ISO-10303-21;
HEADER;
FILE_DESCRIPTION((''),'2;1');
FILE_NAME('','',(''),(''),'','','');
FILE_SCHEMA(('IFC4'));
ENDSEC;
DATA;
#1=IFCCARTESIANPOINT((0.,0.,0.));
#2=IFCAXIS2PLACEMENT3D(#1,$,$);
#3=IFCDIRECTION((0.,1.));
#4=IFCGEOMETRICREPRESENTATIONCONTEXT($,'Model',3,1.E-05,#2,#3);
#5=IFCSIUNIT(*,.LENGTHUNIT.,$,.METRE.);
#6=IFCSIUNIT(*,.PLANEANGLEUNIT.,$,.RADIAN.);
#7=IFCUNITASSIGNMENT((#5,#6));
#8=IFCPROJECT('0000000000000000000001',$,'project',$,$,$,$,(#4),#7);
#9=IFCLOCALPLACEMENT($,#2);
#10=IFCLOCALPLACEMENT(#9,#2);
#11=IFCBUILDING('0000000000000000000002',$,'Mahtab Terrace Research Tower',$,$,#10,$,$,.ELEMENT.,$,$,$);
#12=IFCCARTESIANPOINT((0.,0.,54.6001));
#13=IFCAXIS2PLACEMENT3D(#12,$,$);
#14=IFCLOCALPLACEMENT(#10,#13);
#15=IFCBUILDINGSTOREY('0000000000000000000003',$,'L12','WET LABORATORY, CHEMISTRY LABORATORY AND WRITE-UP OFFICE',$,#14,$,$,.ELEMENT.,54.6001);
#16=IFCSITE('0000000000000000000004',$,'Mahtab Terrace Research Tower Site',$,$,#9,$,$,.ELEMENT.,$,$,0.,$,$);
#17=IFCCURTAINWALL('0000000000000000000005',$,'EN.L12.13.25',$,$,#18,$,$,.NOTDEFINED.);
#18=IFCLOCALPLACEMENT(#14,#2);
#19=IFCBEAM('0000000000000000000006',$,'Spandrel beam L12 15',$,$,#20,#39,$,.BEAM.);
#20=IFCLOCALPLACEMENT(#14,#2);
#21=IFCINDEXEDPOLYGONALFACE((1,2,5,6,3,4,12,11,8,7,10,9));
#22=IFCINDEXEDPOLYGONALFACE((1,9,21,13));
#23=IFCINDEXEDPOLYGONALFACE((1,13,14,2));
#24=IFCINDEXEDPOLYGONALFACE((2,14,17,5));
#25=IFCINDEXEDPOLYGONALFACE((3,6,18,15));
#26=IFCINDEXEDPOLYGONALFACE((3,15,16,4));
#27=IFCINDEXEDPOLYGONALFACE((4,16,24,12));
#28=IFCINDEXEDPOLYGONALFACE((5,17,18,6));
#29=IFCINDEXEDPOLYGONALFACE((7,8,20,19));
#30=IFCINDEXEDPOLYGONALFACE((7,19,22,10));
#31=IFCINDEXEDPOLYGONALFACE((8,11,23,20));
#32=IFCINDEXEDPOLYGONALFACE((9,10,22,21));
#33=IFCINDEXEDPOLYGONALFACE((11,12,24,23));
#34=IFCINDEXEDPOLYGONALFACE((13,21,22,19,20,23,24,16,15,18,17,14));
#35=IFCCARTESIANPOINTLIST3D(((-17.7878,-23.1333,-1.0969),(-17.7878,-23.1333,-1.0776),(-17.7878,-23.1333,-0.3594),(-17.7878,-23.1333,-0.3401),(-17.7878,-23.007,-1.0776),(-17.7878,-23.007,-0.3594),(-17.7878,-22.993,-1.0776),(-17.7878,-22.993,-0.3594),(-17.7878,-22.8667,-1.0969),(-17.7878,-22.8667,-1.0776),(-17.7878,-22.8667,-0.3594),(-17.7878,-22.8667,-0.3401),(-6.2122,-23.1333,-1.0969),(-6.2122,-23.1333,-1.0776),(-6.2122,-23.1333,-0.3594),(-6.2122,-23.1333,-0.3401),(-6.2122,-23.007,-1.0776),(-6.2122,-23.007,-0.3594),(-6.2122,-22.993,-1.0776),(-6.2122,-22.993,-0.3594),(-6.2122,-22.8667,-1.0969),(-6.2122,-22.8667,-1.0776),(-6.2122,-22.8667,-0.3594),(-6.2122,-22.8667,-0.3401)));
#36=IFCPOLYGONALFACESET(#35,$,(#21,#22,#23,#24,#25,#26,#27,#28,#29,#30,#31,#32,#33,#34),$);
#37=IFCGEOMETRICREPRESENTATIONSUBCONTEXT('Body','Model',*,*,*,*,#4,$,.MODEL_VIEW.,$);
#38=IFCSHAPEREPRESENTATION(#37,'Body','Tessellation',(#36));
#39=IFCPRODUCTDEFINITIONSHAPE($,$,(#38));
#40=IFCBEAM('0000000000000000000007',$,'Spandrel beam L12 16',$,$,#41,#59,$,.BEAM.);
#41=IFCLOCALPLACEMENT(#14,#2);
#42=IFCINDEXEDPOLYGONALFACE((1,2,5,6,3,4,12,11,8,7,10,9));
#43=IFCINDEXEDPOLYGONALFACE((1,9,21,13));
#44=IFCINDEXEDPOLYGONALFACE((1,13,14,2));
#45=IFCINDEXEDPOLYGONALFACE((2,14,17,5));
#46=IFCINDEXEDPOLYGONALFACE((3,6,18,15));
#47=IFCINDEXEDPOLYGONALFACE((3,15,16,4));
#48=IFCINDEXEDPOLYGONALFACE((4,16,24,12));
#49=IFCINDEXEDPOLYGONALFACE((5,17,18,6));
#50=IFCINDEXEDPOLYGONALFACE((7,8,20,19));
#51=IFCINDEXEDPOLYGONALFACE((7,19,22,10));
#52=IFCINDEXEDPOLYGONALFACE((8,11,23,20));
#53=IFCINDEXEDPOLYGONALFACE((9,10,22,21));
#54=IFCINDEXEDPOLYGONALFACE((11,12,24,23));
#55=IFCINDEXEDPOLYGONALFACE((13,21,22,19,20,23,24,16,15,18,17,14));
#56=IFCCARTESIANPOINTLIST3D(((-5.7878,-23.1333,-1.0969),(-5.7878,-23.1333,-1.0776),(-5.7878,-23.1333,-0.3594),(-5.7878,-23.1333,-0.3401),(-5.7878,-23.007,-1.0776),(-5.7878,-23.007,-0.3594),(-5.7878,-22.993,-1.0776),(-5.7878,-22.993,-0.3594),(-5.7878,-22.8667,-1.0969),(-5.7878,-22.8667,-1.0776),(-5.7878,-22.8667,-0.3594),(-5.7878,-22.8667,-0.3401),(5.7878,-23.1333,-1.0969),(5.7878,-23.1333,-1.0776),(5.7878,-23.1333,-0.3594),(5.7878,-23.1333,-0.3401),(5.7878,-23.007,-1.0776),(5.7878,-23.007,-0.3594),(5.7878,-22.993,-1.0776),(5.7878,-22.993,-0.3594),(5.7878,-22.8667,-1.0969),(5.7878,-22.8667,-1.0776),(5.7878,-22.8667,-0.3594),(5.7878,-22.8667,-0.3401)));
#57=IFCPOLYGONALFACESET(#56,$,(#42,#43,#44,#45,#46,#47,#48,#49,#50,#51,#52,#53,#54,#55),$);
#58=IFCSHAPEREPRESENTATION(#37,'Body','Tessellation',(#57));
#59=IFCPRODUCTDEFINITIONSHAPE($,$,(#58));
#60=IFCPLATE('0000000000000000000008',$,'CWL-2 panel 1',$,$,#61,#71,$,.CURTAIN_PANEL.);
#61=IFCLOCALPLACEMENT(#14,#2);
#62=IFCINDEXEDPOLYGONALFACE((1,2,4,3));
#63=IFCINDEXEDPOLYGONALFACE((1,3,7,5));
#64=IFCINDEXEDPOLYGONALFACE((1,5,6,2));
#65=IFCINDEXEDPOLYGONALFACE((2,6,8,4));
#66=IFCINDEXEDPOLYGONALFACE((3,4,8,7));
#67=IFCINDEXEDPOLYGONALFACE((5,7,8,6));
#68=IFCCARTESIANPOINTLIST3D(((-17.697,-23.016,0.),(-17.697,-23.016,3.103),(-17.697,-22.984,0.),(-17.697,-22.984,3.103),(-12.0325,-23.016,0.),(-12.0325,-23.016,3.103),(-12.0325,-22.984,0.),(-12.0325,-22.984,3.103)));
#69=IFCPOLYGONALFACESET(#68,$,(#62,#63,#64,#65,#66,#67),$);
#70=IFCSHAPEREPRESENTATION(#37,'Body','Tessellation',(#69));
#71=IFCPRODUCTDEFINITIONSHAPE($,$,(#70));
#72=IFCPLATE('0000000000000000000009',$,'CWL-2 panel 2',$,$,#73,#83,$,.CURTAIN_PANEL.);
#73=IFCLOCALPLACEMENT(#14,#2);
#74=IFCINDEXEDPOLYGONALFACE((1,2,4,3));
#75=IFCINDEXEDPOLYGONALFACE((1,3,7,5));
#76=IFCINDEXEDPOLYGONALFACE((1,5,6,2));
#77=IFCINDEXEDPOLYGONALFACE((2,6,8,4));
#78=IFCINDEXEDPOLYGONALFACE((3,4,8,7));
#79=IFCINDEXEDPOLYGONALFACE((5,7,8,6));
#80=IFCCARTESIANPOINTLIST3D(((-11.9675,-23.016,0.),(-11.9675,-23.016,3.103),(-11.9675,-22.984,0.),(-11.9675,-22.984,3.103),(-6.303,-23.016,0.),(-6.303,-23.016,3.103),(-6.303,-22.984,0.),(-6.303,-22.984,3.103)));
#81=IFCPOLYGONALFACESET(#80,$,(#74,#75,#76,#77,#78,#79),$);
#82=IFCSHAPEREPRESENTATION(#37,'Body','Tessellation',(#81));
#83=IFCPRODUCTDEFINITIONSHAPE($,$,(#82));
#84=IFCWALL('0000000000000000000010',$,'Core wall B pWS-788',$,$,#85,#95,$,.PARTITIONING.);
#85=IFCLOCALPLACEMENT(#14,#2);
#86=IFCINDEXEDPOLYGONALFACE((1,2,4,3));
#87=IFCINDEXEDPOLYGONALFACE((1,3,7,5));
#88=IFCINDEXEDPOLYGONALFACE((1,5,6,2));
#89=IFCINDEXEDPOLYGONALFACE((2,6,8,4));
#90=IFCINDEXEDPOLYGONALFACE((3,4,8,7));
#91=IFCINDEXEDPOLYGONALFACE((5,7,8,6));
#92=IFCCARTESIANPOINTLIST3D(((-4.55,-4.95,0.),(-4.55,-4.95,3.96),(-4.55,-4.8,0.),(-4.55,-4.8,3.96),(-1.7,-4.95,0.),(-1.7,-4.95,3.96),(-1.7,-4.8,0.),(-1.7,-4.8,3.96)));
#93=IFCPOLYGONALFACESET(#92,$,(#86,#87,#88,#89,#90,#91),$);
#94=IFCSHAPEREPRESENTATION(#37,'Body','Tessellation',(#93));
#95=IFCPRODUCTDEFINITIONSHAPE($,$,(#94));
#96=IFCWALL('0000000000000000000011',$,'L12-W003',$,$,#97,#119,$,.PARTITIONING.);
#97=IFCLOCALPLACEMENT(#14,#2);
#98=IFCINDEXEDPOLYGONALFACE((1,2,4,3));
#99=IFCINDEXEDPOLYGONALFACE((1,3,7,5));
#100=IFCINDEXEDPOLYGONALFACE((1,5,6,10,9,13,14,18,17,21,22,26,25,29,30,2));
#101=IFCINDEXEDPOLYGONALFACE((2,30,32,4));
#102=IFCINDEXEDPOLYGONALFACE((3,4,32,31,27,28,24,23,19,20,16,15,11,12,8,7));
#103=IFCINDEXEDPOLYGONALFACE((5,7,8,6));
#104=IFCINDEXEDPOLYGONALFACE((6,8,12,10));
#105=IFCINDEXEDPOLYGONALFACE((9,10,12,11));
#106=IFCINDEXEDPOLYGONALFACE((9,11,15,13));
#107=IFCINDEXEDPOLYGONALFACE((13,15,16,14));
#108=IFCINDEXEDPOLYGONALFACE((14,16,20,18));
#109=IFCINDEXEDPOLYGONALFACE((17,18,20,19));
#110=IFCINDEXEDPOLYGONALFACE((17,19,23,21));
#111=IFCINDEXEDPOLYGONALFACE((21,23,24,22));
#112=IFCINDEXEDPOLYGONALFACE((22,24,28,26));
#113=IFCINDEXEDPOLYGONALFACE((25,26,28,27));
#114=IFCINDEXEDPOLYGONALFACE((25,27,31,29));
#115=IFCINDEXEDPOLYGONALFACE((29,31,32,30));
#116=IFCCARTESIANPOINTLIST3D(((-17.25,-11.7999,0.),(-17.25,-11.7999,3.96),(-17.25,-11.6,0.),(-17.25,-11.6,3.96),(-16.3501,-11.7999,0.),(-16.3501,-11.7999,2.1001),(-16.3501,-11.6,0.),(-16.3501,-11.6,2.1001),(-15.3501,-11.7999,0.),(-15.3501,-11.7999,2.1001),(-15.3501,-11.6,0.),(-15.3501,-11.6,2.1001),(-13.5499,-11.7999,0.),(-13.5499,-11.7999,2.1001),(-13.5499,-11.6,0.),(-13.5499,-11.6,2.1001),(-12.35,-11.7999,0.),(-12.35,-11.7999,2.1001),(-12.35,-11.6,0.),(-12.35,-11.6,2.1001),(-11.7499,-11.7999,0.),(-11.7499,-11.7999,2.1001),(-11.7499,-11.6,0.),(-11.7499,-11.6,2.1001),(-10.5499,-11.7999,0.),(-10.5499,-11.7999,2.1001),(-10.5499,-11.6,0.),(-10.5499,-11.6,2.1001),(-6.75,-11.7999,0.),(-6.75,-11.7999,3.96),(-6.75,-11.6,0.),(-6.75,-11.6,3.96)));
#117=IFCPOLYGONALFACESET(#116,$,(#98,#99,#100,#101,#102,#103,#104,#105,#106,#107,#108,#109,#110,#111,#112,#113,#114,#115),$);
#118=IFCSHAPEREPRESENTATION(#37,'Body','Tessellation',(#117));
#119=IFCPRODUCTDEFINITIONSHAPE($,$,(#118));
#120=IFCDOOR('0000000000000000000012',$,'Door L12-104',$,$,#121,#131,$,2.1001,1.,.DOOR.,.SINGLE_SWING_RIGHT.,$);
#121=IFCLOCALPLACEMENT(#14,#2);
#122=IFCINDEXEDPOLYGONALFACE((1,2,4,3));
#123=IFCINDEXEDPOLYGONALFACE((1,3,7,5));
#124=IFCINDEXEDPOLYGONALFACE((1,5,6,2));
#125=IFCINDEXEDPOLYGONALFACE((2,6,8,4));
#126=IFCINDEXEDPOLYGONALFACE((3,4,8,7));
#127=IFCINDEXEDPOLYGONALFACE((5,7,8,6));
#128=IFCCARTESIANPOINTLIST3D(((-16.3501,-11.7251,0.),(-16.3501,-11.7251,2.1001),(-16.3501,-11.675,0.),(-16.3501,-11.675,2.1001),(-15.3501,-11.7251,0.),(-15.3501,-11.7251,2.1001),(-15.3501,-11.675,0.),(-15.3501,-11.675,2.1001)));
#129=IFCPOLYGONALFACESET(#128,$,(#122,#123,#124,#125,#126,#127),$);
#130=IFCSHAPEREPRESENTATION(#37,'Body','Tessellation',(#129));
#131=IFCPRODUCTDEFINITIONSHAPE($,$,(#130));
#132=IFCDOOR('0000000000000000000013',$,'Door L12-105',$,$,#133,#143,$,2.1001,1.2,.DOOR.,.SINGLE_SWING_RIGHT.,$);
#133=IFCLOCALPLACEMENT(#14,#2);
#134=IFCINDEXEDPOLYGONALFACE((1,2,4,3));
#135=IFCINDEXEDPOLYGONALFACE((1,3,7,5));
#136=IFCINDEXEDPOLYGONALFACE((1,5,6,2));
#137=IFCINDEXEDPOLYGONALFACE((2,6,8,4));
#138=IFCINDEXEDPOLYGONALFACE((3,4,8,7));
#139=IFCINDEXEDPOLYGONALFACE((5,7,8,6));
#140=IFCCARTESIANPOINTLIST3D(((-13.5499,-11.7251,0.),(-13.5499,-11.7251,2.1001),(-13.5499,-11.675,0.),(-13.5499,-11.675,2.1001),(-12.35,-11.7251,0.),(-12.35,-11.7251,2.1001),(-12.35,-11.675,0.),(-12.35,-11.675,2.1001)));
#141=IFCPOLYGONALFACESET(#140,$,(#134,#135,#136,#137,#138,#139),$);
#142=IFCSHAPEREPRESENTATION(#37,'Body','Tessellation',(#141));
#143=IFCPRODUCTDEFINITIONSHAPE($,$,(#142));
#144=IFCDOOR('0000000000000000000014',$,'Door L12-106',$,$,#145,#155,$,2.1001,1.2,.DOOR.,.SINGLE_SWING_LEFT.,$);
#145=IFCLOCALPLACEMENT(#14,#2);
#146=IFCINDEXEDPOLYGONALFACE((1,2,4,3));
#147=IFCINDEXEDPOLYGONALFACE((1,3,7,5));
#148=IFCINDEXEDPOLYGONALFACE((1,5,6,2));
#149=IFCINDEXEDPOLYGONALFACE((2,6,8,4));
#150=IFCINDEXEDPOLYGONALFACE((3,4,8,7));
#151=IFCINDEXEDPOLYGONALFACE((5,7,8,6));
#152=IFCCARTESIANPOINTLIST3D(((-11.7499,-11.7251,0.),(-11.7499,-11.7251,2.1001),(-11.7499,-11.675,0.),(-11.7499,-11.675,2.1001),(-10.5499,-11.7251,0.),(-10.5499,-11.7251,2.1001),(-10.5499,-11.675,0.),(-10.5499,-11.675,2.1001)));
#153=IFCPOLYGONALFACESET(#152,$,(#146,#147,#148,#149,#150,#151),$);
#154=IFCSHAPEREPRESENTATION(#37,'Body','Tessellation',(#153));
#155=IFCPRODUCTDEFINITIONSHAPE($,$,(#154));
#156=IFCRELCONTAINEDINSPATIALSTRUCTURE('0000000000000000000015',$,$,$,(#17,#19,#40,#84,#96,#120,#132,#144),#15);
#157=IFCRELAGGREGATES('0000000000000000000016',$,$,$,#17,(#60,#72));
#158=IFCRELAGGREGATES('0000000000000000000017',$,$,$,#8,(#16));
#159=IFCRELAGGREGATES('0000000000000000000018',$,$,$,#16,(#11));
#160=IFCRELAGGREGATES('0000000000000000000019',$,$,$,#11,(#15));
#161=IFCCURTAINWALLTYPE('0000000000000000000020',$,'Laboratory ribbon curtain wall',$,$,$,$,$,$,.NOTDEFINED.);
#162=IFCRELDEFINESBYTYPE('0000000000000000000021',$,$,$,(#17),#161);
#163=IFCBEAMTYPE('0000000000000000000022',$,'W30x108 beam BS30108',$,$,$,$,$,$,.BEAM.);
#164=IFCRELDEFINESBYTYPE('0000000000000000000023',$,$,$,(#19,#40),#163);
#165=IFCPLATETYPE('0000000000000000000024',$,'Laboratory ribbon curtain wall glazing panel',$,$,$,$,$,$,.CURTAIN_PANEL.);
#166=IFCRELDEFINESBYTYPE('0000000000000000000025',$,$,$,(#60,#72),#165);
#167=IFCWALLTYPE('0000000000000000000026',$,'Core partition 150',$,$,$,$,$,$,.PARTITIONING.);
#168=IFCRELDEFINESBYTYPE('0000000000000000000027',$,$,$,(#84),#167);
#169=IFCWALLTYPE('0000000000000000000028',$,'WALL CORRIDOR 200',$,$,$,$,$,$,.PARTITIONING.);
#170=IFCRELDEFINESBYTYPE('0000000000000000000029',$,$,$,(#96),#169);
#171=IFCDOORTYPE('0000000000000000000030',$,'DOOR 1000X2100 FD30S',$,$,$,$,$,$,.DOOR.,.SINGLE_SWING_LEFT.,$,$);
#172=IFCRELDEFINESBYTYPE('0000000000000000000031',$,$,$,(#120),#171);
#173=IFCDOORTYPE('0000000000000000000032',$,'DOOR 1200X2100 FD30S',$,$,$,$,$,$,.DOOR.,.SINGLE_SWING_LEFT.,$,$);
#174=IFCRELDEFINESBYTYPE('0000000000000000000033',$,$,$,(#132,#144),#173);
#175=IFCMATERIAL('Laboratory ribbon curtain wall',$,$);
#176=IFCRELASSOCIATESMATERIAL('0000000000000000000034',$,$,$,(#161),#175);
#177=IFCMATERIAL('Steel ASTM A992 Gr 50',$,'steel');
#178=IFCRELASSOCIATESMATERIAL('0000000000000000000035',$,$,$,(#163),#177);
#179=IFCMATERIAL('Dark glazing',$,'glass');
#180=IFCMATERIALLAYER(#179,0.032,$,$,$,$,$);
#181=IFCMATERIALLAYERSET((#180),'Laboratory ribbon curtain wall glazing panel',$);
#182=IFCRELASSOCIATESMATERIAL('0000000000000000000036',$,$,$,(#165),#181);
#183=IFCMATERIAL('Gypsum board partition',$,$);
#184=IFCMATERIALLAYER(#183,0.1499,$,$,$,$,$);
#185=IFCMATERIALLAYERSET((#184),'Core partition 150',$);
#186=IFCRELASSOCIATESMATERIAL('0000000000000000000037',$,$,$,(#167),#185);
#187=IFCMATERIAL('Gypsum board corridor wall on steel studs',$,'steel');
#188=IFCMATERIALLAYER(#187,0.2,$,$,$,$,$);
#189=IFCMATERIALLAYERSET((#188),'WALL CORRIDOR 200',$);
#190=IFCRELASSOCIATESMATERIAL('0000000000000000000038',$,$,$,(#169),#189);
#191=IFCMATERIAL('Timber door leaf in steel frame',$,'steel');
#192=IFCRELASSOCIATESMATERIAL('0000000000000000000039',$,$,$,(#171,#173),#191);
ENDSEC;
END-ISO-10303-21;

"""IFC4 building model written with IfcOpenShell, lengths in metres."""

from ifc_helpers import new_model, si_unit, direction, frame, frame_2d, origin, origin_2d, place, context, subcontext, project, spatial, rectangle, i_section, extrude, material, layer, layer_set, material_profile, profile_set, type_object, element, fill, aggregate, save


model = new_model("IFC4")

# Units and contexts
model_context = context("Model", 3, precision=1e-05, world=origin(), true_north=direction((0.0, 1.0)))
body_context = subcontext(model_context, "Body", "Model", "MODEL_VIEW")
ifc_project = project(units=[si_unit("LENGTHUNIT", "METRE"), si_unit("PLANEANGLEUNIT", "RADIAN")], contexts=[model_context])

# Site, building, storey
site_placement = place(None, origin())
site = spatial("IfcSite", under=ifc_project, at=site_placement, Name="Mahtab Terrace Research Tower Site", CompositionType="ELEMENT", RefElevation=0.0)
building_placement = place(site_placement, origin())
building = spatial("IfcBuilding", under=site, at=building_placement, Name="Mahtab Terrace Research Tower", CompositionType="ELEMENT")
storey_placement = place(building_placement, frame((0.0, 0.0, 54.6001)))
storey = spatial("IfcBuildingStorey", under=building, at=storey_placement, Name="L12", Description="WET LABORATORY, CHEMISTRY LABORATORY AND WRITE-UP OFFICE", CompositionType="ELEMENT", Elevation=54.6001)

# Shared definitions
ifc_material_1 = material(Name="Steel ASTM A992 Gr 50", Category="steel")

# Curtain wall
ifc_material_2 = material(Name="Laboratory ribbon curtain wall")
curtain_wall_type = type_object("IfcCurtainWallType", Name="Laboratory ribbon curtain wall", PredefinedType="NOTDEFINED", material=ifc_material_2)
curtain_wall_1_placement = place(storey_placement, origin())
curtain_wall_1 = element("IfcCurtainWall", 1, at=curtain_wall_1_placement, inside=storey, type_object=curtain_wall_type, Name="EN.L12.13.25", PredefinedType="NOTDEFINED")

# Beams
ifc_material_profile_1 = material_profile(ifc_material_1, i_section(OverallWidth=0.2666, OverallDepth=0.7568, WebThickness=0.0139, FlangeThickness=0.0193, at=origin_2d()), Name="W30X108")
ifc_profile_set_1 = profile_set([ifc_material_profile_1], Name="Steel ASTM A992 Gr 50")
beam_type = type_object("IfcBeamType", Name="W30x108 beam BS30108", PredefinedType="BEAM", material=ifc_profile_set_1)
for number, where, z_axis, x_axis, name in (
    (2, (-17.7878, -23.0, -0.7185), (1.0, 0.0, 0.0), (0.0, 1.0, 0.0), "Spandrel beam L12 15"),
    (3, (-5.7878, -23.0, -0.7185), (1.0, 0.0, 0.0), (0.0, 1.0, 0.0), "Spandrel beam L12 16"),
):
    element("IfcBeam", number, at=place(storey_placement, frame(where, z_axis=z_axis, x_axis=x_axis)), inside=storey, type_object=beam_type, Name=name, PredefinedType="BEAM", context=body_context, shape_type="SweptSolid", body=[
        extrude(i_section(OverallWidth=0.2666, OverallDepth=0.7568, WebThickness=0.0139, FlangeThickness=0.0193, at=origin_2d()), origin(), (0.0, 0.0, 1.0), 11.5757),
    ])

# Plates
ifc_material_3 = material(Name="Dark glazing", Category="glass")
ifc_layer_1 = layer(ifc_material_3, 0.032)
ifc_layer_set_1 = layer_set([ifc_layer_1], Name="Laboratory ribbon curtain wall glazing panel")
plate_type = type_object("IfcPlateType", Name="Laboratory ribbon curtain wall glazing panel", PredefinedType="CURTAIN_PANEL", material=ifc_layer_set_1)
plate_1_placement = place(storey_placement, frame((-14.8647, -23.0, 0.0), z_axis=(0.0, 0.0, 1.0), x_axis=(1.0, 0.0, 0.0)))
plate_1 = element("IfcPlate", 4, at=plate_1_placement, type_object=plate_type, Name="CWL-2 panel 1", PredefinedType="CURTAIN_PANEL", context=body_context, shape_type="SweptSolid", body=[
    extrude(rectangle(XDim=5.6646, YDim=0.032, at=origin_2d()), origin(), (0.0, 0.0, 1.0), 3.103),
])
plate_2_placement = place(storey_placement, frame((-9.1353, -23.0, 0.0), z_axis=(0.0, 0.0, 1.0), x_axis=(1.0, 0.0, 0.0)))
plate_2 = element("IfcPlate", 5, at=plate_2_placement, type_object=plate_type, Name="CWL-2 panel 2", PredefinedType="CURTAIN_PANEL", context=body_context, shape_type="SweptSolid", body=[
    extrude(rectangle(XDim=5.6646, YDim=0.032, at=origin_2d()), origin(), (0.0, 0.0, 1.0), 3.103),
])
aggregate(curtain_wall_1, [plate_1, plate_2])

# Wall
ifc_material_4 = material(Name="Gypsum board partition")
ifc_layer_2 = layer(ifc_material_4, 0.1499)
ifc_layer_set_2 = layer_set([ifc_layer_2], Name="Core partition 150")
wall_type_1 = type_object("IfcWallType", Name="Core partition 150", PredefinedType="PARTITIONING", material=ifc_layer_set_2)
wall_1_placement = place(storey_placement, frame((-4.55, -4.875, 0.0), z_axis=(0.0, 0.0, 1.0), x_axis=(1.0, 0.0, 0.0)))
element("IfcWall", 6, at=wall_1_placement, inside=storey, type_object=wall_type_1, Name="Core wall B pWS-788", PredefinedType="PARTITIONING", context=body_context, shape_type="SweptSolid", body=[
    extrude(rectangle(XDim=2.8501, YDim=0.1499, at=frame_2d((1.425, 0.0))), origin(), (0.0, 0.0, 1.0), 3.96),
])

# Wall, openings, doors
ifc_material_5 = material(Name="Gypsum board corridor wall on steel studs", Category="steel")
ifc_layer_3 = layer(ifc_material_5, 0.2)
ifc_layer_set_3 = layer_set([ifc_layer_3], Name="WALL CORRIDOR 200")
wall_type_2 = type_object("IfcWallType", Name="WALL CORRIDOR 200", PredefinedType="PARTITIONING", material=ifc_layer_set_3)
wall_2_placement = place(storey_placement, frame((-17.25, -11.7, 0.0), z_axis=(0.0, 0.0, 1.0), x_axis=(1.0, 0.0, 0.0)))
wall_2 = element("IfcWall", 7, at=wall_2_placement, inside=storey, type_object=wall_type_2, Name="L12-W003", PredefinedType="PARTITIONING", context=body_context, shape_type="SweptSolid", body=[
    extrude(rectangle(XDim=10.5, YDim=0.2, at=frame_2d((5.25, 0.0))), origin(), (0.0, 0.0, 1.0), 3.96),
])
opening_1_placement = place(wall_2_placement, frame((0.8999, 0.0, 0.0)))
opening_1 = element("IfcOpeningElement", 8, at=opening_1_placement, cuts=wall_2, PredefinedType="OPENING", context=body_context, shape_type="SweptSolid", body=[
    extrude(rectangle(XDim=1.0, YDim=2.1001, at=frame_2d((0.5, 1.05))), frame((0.0, 0.1099, 0.0), z_axis=(0.0, -1.0, 0.0), x_axis=(1.0, 0.0, 0.0)), (0.0, 0.0, 1.0), 0.22),
])
opening_2_placement = place(wall_2_placement, frame((3.7, 0.0, 0.0)))
opening_2 = element("IfcOpeningElement", 9, at=opening_2_placement, cuts=wall_2, PredefinedType="OPENING", context=body_context, shape_type="SweptSolid", body=[
    extrude(rectangle(XDim=1.2, YDim=2.1001, at=frame_2d((0.6001, 1.05))), frame((0.0, 0.1099, 0.0), z_axis=(0.0, -1.0, 0.0), x_axis=(1.0, 0.0, 0.0)), (0.0, 0.0, 1.0), 0.22),
])
opening_3_placement = place(wall_2_placement, frame((5.5, 0.0, 0.0)))
opening_3 = element("IfcOpeningElement", 10, at=opening_3_placement, cuts=wall_2, PredefinedType="OPENING", context=body_context, shape_type="SweptSolid", body=[
    extrude(rectangle(XDim=1.2, YDim=2.1001, at=frame_2d((0.6001, 1.05))), frame((0.0, 0.1099, 0.0), z_axis=(0.0, -1.0, 0.0), x_axis=(1.0, 0.0, 0.0)), (0.0, 0.0, 1.0), 0.22),
])
ifc_material_6 = material(Name="Timber door leaf in steel frame", Category="steel")
door_type_1 = type_object("IfcDoorType", Name="DOOR 1000X2100 FD30S", OperationType="SINGLE_SWING_LEFT", PredefinedType="DOOR", material=ifc_material_6)
door_1_placement = place(opening_1_placement, origin())
door_1 = element("IfcDoor", 11, at=door_1_placement, inside=storey, type_object=door_type_1, Name="Door L12-104", OperationType="SINGLE_SWING_RIGHT", OverallHeight=2.1001, OverallWidth=1.0, PredefinedType="DOOR", context=body_context, shape_type="SweptSolid", body=[
    extrude(rectangle(XDim=1.0, YDim=2.1001, at=frame_2d((0.5, 1.05))), frame((0.0, 0.0249, 0.0), z_axis=(0.0, -1.0, 0.0), x_axis=(1.0, 0.0, 0.0)), (0.0, 0.0, 1.0), 0.05),
])
fill(opening_1, door_1)
door_type_2 = type_object("IfcDoorType", Name="DOOR 1200X2100 FD30S", OperationType="SINGLE_SWING_LEFT", PredefinedType="DOOR", material=ifc_material_6)
door_2_placement = place(opening_2_placement, origin())
door_2 = element("IfcDoor", 12, at=door_2_placement, inside=storey, type_object=door_type_2, Name="Door L12-105", OperationType="SINGLE_SWING_RIGHT", OverallHeight=2.1001, OverallWidth=1.2, PredefinedType="DOOR", context=body_context, shape_type="SweptSolid", body=[
    extrude(rectangle(XDim=1.2, YDim=2.1001, at=frame_2d((0.6001, 1.05))), frame((0.0, 0.0249, 0.0), z_axis=(0.0, -1.0, 0.0), x_axis=(1.0, 0.0, 0.0)), (0.0, 0.0, 1.0), 0.05),
])
fill(opening_2, door_2)
door_3_placement = place(opening_3_placement, origin())
door_3 = element("IfcDoor", 13, at=door_3_placement, inside=storey, type_object=door_type_2, Name="Door L12-106", OperationType="SINGLE_SWING_LEFT", OverallHeight=2.1001, OverallWidth=1.2, PredefinedType="DOOR", context=body_context, shape_type="SweptSolid", body=[
    extrude(rectangle(XDim=1.2, YDim=2.1001, at=frame_2d((0.6001, 1.05))), frame((0.0, 0.0249, 0.0), z_axis=(0.0, -1.0, 0.0), x_axis=(1.0, 0.0, 0.0)), (0.0, 0.0, 1.0), 0.05),
])
fill(opening_3, door_3)

save(model, "model.ifc")
